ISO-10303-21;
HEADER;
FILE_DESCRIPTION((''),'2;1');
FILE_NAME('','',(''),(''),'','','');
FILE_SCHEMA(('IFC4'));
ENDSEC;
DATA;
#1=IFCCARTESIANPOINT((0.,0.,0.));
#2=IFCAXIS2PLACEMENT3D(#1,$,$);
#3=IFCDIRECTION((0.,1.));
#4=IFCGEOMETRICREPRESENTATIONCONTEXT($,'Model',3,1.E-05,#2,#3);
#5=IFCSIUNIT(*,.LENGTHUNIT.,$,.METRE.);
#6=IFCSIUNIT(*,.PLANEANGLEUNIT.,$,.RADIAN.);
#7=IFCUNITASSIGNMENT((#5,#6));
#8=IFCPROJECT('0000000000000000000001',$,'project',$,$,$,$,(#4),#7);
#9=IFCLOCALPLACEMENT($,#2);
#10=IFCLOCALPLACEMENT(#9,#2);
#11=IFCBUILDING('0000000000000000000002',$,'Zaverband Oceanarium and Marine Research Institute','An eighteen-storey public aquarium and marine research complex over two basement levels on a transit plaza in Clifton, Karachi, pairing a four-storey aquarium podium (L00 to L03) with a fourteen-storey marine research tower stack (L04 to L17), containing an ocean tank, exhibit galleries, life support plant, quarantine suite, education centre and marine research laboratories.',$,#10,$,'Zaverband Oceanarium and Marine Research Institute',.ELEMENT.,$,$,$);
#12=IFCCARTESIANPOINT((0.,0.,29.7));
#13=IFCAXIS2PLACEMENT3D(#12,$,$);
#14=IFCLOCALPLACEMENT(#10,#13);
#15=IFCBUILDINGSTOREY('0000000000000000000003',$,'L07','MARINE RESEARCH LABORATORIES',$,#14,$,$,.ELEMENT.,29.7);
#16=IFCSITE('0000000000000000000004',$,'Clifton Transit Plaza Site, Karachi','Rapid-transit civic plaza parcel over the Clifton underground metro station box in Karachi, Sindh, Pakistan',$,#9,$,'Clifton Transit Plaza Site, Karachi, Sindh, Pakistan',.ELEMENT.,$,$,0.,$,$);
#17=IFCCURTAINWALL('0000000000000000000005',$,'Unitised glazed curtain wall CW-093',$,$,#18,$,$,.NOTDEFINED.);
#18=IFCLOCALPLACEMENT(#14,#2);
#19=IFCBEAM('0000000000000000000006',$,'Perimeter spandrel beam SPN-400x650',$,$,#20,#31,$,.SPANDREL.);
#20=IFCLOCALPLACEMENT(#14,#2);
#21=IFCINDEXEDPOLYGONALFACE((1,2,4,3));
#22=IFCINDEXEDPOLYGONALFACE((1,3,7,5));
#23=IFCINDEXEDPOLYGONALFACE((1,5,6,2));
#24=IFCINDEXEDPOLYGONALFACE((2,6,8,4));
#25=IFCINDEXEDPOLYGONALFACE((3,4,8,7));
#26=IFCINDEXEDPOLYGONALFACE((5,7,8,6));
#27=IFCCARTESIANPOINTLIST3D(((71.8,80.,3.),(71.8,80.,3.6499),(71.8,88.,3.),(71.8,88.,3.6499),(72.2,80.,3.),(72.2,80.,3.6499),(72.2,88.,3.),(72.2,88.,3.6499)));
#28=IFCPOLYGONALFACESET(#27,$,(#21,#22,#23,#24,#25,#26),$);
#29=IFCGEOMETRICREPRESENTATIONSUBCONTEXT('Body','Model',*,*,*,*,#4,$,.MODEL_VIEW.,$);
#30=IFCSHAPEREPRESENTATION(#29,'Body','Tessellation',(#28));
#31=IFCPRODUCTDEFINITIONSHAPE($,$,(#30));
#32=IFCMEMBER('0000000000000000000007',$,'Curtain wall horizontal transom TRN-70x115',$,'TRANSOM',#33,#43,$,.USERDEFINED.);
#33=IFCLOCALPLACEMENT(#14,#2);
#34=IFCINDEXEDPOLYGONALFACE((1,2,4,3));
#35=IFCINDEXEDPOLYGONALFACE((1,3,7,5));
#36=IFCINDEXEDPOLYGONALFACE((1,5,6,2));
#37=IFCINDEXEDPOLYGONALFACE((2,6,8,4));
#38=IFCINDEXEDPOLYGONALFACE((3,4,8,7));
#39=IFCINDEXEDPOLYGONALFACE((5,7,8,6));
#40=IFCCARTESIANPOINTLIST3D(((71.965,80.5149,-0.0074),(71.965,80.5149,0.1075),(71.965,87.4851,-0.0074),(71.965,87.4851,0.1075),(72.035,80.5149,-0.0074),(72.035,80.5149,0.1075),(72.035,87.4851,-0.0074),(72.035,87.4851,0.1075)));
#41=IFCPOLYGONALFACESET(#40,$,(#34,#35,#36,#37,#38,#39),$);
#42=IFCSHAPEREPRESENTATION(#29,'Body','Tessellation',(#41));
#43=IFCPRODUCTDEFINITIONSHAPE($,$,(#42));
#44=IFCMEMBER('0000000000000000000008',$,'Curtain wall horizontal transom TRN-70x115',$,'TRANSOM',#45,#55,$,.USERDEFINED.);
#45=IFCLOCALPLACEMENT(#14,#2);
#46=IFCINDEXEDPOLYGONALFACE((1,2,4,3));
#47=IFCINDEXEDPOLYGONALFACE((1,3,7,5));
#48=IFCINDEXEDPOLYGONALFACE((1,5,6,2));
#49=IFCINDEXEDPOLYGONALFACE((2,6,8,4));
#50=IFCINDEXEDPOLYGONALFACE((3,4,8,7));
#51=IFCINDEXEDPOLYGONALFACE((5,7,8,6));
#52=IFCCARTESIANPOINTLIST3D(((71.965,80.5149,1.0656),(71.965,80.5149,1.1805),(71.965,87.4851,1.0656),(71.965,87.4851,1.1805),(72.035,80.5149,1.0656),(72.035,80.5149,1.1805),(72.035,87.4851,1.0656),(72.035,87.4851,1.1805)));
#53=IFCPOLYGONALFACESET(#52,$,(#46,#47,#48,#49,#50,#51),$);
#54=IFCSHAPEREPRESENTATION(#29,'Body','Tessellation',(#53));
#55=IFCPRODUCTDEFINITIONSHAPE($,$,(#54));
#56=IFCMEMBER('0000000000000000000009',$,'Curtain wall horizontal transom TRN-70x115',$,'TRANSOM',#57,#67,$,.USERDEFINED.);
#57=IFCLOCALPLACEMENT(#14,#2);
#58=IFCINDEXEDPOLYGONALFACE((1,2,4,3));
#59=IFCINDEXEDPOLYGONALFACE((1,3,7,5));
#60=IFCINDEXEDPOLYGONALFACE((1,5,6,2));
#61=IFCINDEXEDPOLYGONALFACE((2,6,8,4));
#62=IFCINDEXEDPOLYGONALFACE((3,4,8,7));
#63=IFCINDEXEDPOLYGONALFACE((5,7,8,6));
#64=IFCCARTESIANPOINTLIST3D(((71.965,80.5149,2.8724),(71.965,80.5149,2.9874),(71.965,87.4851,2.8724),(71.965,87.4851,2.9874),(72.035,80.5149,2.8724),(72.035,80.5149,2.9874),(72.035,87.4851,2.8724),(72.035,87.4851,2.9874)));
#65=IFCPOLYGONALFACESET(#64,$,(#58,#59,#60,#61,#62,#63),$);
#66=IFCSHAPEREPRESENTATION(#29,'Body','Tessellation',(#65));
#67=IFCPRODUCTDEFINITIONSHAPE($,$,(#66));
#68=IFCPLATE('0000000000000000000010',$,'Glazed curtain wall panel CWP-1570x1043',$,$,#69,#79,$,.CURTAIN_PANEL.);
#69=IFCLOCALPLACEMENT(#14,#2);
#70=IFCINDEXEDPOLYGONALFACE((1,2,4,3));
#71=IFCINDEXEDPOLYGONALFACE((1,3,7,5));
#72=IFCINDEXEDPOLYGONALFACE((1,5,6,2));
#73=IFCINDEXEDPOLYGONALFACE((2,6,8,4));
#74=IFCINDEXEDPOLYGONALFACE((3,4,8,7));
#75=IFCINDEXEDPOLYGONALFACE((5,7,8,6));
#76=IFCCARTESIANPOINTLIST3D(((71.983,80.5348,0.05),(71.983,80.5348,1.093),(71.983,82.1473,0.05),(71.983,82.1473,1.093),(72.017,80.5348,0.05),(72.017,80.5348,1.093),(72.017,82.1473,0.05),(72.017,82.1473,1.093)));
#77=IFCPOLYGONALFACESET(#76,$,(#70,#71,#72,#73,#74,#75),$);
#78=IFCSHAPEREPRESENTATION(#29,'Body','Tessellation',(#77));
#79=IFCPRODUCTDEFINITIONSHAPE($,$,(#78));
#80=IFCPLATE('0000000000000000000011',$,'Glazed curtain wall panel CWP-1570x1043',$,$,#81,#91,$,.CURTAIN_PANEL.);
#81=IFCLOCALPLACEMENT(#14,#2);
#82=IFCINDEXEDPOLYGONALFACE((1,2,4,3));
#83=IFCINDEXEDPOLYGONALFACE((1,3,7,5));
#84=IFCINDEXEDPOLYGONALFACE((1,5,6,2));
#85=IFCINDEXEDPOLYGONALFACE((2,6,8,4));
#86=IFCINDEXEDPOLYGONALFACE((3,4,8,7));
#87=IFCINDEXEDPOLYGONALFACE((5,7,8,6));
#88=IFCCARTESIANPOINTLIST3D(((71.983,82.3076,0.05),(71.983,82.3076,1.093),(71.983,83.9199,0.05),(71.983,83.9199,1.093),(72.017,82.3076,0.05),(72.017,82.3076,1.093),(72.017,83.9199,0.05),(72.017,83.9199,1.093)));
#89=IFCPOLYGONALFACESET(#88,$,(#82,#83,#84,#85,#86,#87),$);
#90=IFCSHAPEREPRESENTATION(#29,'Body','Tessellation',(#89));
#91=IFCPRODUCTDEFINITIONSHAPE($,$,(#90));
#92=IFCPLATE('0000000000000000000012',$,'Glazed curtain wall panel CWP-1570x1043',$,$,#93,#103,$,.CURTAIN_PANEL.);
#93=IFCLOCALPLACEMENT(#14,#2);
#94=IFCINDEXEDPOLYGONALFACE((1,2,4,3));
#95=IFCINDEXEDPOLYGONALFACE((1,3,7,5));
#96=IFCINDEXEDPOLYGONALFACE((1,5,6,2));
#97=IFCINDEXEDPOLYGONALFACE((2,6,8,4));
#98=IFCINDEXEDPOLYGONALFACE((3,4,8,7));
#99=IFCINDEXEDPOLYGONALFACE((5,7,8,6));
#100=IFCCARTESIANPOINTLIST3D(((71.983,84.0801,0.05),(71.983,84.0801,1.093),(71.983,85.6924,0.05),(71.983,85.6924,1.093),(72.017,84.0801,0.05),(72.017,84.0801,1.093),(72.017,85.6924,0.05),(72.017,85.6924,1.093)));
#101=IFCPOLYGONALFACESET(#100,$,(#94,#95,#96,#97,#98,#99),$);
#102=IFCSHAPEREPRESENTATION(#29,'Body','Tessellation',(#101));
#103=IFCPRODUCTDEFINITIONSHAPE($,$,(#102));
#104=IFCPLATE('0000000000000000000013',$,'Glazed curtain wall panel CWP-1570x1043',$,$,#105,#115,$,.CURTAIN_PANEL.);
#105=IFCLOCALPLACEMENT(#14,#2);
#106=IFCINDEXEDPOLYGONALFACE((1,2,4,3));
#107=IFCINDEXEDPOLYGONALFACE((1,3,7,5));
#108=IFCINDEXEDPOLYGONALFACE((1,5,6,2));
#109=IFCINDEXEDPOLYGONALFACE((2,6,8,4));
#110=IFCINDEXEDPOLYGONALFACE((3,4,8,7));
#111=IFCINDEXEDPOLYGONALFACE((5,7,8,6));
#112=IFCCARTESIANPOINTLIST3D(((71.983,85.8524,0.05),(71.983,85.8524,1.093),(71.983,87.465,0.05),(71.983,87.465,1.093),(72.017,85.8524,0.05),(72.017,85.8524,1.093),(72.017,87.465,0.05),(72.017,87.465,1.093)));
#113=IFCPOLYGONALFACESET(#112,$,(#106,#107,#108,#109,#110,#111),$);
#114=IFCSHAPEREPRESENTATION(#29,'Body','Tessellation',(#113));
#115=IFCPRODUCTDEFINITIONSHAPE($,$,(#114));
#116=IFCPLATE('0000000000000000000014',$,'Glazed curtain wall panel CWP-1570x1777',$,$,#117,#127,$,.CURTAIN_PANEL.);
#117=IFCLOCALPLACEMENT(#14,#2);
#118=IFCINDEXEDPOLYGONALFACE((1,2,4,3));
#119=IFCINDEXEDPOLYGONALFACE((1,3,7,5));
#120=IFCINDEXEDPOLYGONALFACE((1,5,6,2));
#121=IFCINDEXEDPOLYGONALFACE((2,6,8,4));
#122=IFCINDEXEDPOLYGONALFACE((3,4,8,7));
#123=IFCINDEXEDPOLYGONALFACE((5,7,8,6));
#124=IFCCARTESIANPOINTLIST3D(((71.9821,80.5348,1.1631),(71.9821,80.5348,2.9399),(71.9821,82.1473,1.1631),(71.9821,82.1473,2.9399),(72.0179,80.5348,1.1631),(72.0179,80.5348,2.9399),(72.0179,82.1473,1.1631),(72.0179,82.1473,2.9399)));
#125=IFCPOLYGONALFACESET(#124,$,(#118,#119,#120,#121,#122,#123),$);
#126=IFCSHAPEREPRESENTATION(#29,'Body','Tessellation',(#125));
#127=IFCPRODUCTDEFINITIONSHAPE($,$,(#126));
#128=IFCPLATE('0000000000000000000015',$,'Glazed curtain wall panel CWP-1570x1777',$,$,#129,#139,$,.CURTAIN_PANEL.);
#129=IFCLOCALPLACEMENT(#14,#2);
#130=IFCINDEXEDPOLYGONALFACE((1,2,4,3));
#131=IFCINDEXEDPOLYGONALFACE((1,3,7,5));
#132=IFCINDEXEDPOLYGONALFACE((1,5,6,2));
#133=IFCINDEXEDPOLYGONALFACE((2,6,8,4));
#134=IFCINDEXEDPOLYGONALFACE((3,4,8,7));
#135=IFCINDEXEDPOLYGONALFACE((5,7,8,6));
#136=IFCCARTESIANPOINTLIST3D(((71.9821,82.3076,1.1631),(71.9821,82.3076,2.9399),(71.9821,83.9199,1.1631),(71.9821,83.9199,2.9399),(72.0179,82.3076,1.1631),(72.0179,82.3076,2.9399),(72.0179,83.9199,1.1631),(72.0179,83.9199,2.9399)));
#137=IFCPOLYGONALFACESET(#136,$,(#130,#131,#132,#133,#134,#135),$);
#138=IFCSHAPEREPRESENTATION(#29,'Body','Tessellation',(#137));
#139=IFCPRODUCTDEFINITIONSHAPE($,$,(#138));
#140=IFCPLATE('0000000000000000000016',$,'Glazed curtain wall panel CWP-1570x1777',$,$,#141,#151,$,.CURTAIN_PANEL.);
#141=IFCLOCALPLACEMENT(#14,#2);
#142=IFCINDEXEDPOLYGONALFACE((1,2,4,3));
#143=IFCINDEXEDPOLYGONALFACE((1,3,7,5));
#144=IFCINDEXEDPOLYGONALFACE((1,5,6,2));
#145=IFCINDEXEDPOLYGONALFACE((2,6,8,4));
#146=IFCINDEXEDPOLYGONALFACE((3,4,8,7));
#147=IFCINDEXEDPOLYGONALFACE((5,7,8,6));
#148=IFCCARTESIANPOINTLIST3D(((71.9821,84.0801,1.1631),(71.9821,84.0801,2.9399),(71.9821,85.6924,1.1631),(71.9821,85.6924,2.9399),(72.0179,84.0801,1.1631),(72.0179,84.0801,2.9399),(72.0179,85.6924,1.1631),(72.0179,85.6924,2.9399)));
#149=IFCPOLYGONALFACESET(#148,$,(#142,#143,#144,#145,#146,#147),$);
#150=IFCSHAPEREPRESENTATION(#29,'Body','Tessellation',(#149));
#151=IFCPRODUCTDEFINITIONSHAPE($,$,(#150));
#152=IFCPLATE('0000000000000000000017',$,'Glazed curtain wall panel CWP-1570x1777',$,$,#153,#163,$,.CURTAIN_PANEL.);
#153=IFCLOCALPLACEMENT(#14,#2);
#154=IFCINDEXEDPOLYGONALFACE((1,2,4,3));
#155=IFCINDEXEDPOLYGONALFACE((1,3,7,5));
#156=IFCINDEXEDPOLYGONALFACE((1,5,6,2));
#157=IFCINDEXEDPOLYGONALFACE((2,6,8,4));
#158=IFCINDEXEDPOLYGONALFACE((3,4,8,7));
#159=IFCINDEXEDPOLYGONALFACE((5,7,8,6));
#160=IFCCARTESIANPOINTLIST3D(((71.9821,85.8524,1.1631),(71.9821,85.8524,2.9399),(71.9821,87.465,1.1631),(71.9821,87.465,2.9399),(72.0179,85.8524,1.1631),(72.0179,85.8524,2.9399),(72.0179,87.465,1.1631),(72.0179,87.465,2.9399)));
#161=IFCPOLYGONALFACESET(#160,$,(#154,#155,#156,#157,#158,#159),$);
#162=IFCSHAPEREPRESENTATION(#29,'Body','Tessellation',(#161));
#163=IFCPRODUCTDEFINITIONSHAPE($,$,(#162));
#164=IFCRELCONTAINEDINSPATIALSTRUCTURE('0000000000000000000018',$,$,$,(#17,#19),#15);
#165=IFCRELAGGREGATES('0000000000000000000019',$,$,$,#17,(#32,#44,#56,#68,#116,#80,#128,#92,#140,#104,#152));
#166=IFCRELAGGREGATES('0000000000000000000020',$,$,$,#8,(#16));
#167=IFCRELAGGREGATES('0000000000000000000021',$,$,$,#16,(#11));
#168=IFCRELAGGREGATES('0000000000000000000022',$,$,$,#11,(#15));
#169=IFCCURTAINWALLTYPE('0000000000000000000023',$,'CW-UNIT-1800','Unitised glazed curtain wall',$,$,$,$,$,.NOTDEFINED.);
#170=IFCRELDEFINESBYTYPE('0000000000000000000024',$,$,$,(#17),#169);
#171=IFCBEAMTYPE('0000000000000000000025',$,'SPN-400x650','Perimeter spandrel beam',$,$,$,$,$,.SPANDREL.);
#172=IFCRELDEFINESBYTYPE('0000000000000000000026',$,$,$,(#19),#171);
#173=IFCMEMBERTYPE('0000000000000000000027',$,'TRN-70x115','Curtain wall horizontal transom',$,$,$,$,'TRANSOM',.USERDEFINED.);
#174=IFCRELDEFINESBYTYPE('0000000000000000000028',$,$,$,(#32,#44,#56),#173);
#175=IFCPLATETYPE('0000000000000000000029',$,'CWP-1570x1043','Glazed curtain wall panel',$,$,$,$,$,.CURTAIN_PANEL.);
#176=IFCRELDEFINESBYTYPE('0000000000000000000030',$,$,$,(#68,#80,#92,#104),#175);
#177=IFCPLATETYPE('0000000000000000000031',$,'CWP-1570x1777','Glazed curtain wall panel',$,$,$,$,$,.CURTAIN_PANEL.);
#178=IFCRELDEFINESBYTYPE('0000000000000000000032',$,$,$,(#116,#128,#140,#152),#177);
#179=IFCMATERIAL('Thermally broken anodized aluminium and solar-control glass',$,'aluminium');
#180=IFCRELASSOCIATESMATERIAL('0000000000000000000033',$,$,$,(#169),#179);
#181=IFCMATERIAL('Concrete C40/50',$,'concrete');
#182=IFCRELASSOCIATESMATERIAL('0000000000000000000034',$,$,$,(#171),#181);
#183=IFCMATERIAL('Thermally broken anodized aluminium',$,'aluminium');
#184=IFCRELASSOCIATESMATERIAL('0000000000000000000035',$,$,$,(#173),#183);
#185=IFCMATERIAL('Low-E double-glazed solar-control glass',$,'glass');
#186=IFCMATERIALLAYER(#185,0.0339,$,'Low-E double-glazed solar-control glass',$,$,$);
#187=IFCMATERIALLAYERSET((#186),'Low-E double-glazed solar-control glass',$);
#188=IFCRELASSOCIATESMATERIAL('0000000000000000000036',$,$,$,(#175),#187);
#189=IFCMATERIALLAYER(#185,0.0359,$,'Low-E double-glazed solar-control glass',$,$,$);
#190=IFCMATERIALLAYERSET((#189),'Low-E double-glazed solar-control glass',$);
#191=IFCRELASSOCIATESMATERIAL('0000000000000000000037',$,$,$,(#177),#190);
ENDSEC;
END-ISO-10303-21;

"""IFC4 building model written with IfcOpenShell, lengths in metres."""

from ifc_helpers import new_model, si_unit, direction, frame, frame_2d, origin, origin_2d, place, context, subcontext, project, spatial, rectangle, extrude, material, layer, layer_set, material_profile, profile_set, type_object, element, aggregate, save


model = new_model("IFC4")

# Units and contexts
model_context = context("Model", 3, precision=1e-05, world=origin(), true_north=direction((0.0, 1.0)))
body_context = subcontext(model_context, "Body", "Model", "MODEL_VIEW")
ifc_project = project(units=[si_unit("LENGTHUNIT", "METRE"), si_unit("PLANEANGLEUNIT", "RADIAN")], contexts=[model_context])

# Site, building, storey
site_placement = place(None, origin())
site = spatial("IfcSite", under=ifc_project, at=site_placement, Name="Clifton Transit Plaza Site, Karachi", Description="Rapid-transit civic plaza parcel over the Clifton underground metro station box in Karachi, Sindh, Pakistan", LongName="Clifton Transit Plaza Site, Karachi, Sindh, Pakistan", CompositionType="ELEMENT", RefElevation=0.0)
building_placement = place(site_placement, origin())
building = spatial("IfcBuilding", under=site, at=building_placement, Name="Zaverband Oceanarium and Marine Research Institute", Description="An eighteen-storey public aquarium and marine research complex over two basement levels on a transit plaza in Clifton, Karachi, pairing a four-storey aquarium podium (L00 to L03) with a fourteen-storey marine research tower stack (L04 to L17), containing an ocean tank, exhibit galleries, life support plant, quarantine suite, education centre and marine research laboratories.", LongName="Zaverband Oceanarium and Marine Research Institute", CompositionType="ELEMENT")
storey_placement = place(building_placement, frame((0.0, 0.0, 29.7)))
storey = spatial("IfcBuildingStorey", under=building, at=storey_placement, Name="L07", Description="MARINE RESEARCH LABORATORIES", CompositionType="ELEMENT", Elevation=29.7)

# Shared definitions
ifc_material_1 = material(Name="Concrete C40/50", Category="concrete")

# Curtain wall
ifc_material_2 = material(Name="Thermally broken anodized aluminium and solar-control glass", Category="aluminium")
curtain_wall_type = type_object("IfcCurtainWallType", Name="CW-UNIT-1800", Description="Unitised glazed curtain wall", PredefinedType="NOTDEFINED", material=ifc_material_2)
curtain_wall_placement = place(storey_placement, origin())
curtain_wall = element("IfcCurtainWall", 1, at=curtain_wall_placement, inside=storey, type_object=curtain_wall_type, Name="Unitised glazed curtain wall CW-093", PredefinedType="NOTDEFINED")
ifc_material_3 = material(Name="Thermally broken anodized aluminium", Category="aluminium")

# Beam
ifc_material_profile_1 = material_profile(ifc_material_1, rectangle(XDim=0.3999, YDim=0.6499, at=origin_2d()), Name="RC400x650")
ifc_profile_set_1 = profile_set([ifc_material_profile_1], Name="Concrete C40/50")
beam_type_1 = type_object("IfcBeamType", Name="SPN-400x650", Description="Perimeter spandrel beam", PredefinedType="SPANDREL", material=ifc_profile_set_1)
for number, where, z_axis, x_axis, name in (
    (2, (72.0, 80.0, 3.325), (0.0, 1.0, 0.0), (-1.0, 0.0, 0.0), "Perimeter spandrel beam SPN-400x650"),
):
    element("IfcBeam", number, at=place(storey_placement, frame(where, z_axis=z_axis, x_axis=x_axis)), inside=storey, type_object=beam_type_1, Name=name, PredefinedType="SPANDREL", context=body_context, shape_type="SweptSolid", body=[
        extrude(rectangle(XDim=0.3999, YDim=0.6499, at=origin_2d()), origin(), (0.0, 0.0, 1.0), 8.0),
    ])

# Members
ifc_material_profile_2 = material_profile(ifc_material_3, rectangle(XDim=0.0701, YDim=0.115, at=origin_2d()), Name="AL-TRN-70x115")
ifc_profile_set_2 = profile_set([ifc_material_profile_2], Name="Thermally broken anodized aluminium")
member_type_1 = type_object("IfcMemberType", Name="TRN-70x115", Description="Curtain wall horizontal transom", ElementType="TRANSOM", PredefinedType="USERDEFINED", material=ifc_profile_set_2)
member_1_placement = place(storey_placement, frame((72.0, 80.5149, 0.05), z_axis=(0.0, 1.0, 0.0), x_axis=(-1.0, 0.0, 0.0)))
member_1 = element("IfcMember", 3, at=member_1_placement, type_object=member_type_1, Name="Curtain wall horizontal transom TRN-70x115", ObjectType="TRANSOM", PredefinedType="USERDEFINED", context=body_context, shape_type="SweptSolid", body=[
    extrude(rectangle(XDim=0.0701, YDim=0.115, at=origin_2d()), origin(), (0.0, 0.0, 1.0), 6.9702),
])
member_2_placement = place(storey_placement, frame((72.0, 80.5149, 1.123), z_axis=(0.0, 1.0, 0.0), x_axis=(-1.0, 0.0, 0.0)))
member_2 = element("IfcMember", 4, at=member_2_placement, type_object=member_type_1, Name="Curtain wall horizontal transom TRN-70x115", ObjectType="TRANSOM", PredefinedType="USERDEFINED", context=body_context, shape_type="SweptSolid", body=[
    extrude(rectangle(XDim=0.0701, YDim=0.115, at=origin_2d()), origin(), (0.0, 0.0, 1.0), 6.9702),
])
member_3_placement = place(storey_placement, frame((72.0, 80.5149, 2.9299), z_axis=(0.0, 1.0, 0.0), x_axis=(-1.0, 0.0, 0.0)))
member_3 = element("IfcMember", 5, at=member_3_placement, type_object=member_type_1, Name="Curtain wall horizontal transom TRN-70x115", ObjectType="TRANSOM", PredefinedType="USERDEFINED", context=body_context, shape_type="SweptSolid", body=[
    extrude(rectangle(XDim=0.0701, YDim=0.115, at=origin_2d()), origin(), (0.0, 0.0, 1.0), 6.9702),
])

# Plates
ifc_material_4 = material(Name="Low-E double-glazed solar-control glass", Category="glass")
ifc_layer_1 = layer(ifc_material_4, 0.0339, Name="Low-E double-glazed solar-control glass")
ifc_layer_set_1 = layer_set([ifc_layer_1], Name="Low-E double-glazed solar-control glass")
plate_type_1 = type_object("IfcPlateType", Name="CWP-1570x1043", Description="Glazed curtain wall panel", PredefinedType="CURTAIN_PANEL", material=ifc_layer_set_1)
plate_1_placement = place(storey_placement, frame((72.0, 80.5349, 0.05), z_axis=(0.0, 0.0, 1.0), x_axis=(0.0, 1.0, 0.0)))
plate_1 = element("IfcPlate", 6, at=plate_1_placement, type_object=plate_type_1, Name="Glazed curtain wall panel CWP-1570x1043", PredefinedType="CURTAIN_PANEL", context=body_context, shape_type="SweptSolid", body=[
    extrude(rectangle(XDim=1.6125, YDim=0.0339, at=frame_2d((0.8062, 0.0))), origin(), (0.0, 0.0, 1.0), 1.043),
])
plate_2_placement = place(storey_placement, frame((72.0, 82.3076, 0.05), z_axis=(0.0, 0.0, 1.0), x_axis=(0.0, 1.0, 0.0)))
plate_2 = element("IfcPlate", 7, at=plate_2_placement, type_object=plate_type_1, Name="Glazed curtain wall panel CWP-1570x1043", PredefinedType="CURTAIN_PANEL", context=body_context, shape_type="SweptSolid", body=[
    extrude(rectangle(XDim=1.6123, YDim=0.0339, at=frame_2d((0.8062, 0.0))), origin(), (0.0, 0.0, 1.0), 1.043),
])
plate_3_placement = place(storey_placement, frame((72.0, 84.0801, 0.05), z_axis=(0.0, 0.0, 1.0), x_axis=(0.0, 1.0, 0.0)))
plate_3 = element("IfcPlate", 8, at=plate_3_placement, type_object=plate_type_1, Name="Glazed curtain wall panel CWP-1570x1043", PredefinedType="CURTAIN_PANEL", context=body_context, shape_type="SweptSolid", body=[
    extrude(rectangle(XDim=1.6123, YDim=0.0339, at=frame_2d((0.8062, 0.0))), origin(), (0.0, 0.0, 1.0), 1.043),
])
plate_4_placement = place(storey_placement, frame((72.0, 85.8525, 0.05), z_axis=(0.0, 0.0, 1.0), x_axis=(0.0, 1.0, 0.0)))
plate_4 = element("IfcPlate", 9, at=plate_4_placement, type_object=plate_type_1, Name="Glazed curtain wall panel CWP-1570x1043", PredefinedType="CURTAIN_PANEL", context=body_context, shape_type="SweptSolid", body=[
    extrude(rectangle(XDim=1.6125, YDim=0.0339, at=frame_2d((0.8062, 0.0))), origin(), (0.0, 0.0, 1.0), 1.043),
])
ifc_layer_2 = layer(ifc_material_4, 0.0359, Name="Low-E double-glazed solar-control glass")
ifc_layer_set_2 = layer_set([ifc_layer_2], Name="Low-E double-glazed solar-control glass")
plate_type_2 = type_object("IfcPlateType", Name="CWP-1570x1777", Description="Glazed curtain wall panel", PredefinedType="CURTAIN_PANEL", material=ifc_layer_set_2)
plate_5_placement = place(storey_placement, frame((72.0, 80.5349, 1.1631), z_axis=(0.0, 0.0, 1.0), x_axis=(0.0, 1.0, 0.0)))
plate_5 = element("IfcPlate", 10, at=plate_5_placement, type_object=plate_type_2, Name="Glazed curtain wall panel CWP-1570x1777", PredefinedType="CURTAIN_PANEL", context=body_context, shape_type="SweptSolid", body=[
    extrude(rectangle(XDim=1.6125, YDim=0.0359, at=frame_2d((0.8062, 0.0))), origin(), (0.0, 0.0, 1.0), 1.7769),
])
plate_6_placement = place(storey_placement, frame((72.0, 82.3076, 1.1631), z_axis=(0.0, 0.0, 1.0), x_axis=(0.0, 1.0, 0.0)))
plate_6 = element("IfcPlate", 11, at=plate_6_placement, type_object=plate_type_2, Name="Glazed curtain wall panel CWP-1570x1777", PredefinedType="CURTAIN_PANEL", context=body_context, shape_type="SweptSolid", body=[
    extrude(rectangle(XDim=1.6123, YDim=0.0359, at=frame_2d((0.8062, 0.0))), origin(), (0.0, 0.0, 1.0), 1.7769),
])
plate_7_placement = place(storey_placement, frame((72.0, 84.0801, 1.1631), z_axis=(0.0, 0.0, 1.0), x_axis=(0.0, 1.0, 0.0)))
plate_7 = element("IfcPlate", 12, at=plate_7_placement, type_object=plate_type_2, Name="Glazed curtain wall panel CWP-1570x1777", PredefinedType="CURTAIN_PANEL", context=body_context, shape_type="SweptSolid", body=[
    extrude(rectangle(XDim=1.6123, YDim=0.0359, at=frame_2d((0.8062, 0.0))), origin(), (0.0, 0.0, 1.0), 1.7769),
])
plate_8_placement = place(storey_placement, frame((72.0, 85.8525, 1.1631), z_axis=(0.0, 0.0, 1.0), x_axis=(0.0, 1.0, 0.0)))
plate_8 = element("IfcPlate", 13, at=plate_8_placement, type_object=plate_type_2, Name="Glazed curtain wall panel CWP-1570x1777", PredefinedType="CURTAIN_PANEL", context=body_context, shape_type="SweptSolid", body=[
    extrude(rectangle(XDim=1.6125, YDim=0.0359, at=frame_2d((0.8062, 0.0))), origin(), (0.0, 0.0, 1.0), 1.7769),
])
aggregate(curtain_wall, [member_1, member_2, member_3, plate_1, plate_5, plate_2, plate_6, plate_3, plate_7, plate_4, plate_8])

save(model, "model.ifc")
